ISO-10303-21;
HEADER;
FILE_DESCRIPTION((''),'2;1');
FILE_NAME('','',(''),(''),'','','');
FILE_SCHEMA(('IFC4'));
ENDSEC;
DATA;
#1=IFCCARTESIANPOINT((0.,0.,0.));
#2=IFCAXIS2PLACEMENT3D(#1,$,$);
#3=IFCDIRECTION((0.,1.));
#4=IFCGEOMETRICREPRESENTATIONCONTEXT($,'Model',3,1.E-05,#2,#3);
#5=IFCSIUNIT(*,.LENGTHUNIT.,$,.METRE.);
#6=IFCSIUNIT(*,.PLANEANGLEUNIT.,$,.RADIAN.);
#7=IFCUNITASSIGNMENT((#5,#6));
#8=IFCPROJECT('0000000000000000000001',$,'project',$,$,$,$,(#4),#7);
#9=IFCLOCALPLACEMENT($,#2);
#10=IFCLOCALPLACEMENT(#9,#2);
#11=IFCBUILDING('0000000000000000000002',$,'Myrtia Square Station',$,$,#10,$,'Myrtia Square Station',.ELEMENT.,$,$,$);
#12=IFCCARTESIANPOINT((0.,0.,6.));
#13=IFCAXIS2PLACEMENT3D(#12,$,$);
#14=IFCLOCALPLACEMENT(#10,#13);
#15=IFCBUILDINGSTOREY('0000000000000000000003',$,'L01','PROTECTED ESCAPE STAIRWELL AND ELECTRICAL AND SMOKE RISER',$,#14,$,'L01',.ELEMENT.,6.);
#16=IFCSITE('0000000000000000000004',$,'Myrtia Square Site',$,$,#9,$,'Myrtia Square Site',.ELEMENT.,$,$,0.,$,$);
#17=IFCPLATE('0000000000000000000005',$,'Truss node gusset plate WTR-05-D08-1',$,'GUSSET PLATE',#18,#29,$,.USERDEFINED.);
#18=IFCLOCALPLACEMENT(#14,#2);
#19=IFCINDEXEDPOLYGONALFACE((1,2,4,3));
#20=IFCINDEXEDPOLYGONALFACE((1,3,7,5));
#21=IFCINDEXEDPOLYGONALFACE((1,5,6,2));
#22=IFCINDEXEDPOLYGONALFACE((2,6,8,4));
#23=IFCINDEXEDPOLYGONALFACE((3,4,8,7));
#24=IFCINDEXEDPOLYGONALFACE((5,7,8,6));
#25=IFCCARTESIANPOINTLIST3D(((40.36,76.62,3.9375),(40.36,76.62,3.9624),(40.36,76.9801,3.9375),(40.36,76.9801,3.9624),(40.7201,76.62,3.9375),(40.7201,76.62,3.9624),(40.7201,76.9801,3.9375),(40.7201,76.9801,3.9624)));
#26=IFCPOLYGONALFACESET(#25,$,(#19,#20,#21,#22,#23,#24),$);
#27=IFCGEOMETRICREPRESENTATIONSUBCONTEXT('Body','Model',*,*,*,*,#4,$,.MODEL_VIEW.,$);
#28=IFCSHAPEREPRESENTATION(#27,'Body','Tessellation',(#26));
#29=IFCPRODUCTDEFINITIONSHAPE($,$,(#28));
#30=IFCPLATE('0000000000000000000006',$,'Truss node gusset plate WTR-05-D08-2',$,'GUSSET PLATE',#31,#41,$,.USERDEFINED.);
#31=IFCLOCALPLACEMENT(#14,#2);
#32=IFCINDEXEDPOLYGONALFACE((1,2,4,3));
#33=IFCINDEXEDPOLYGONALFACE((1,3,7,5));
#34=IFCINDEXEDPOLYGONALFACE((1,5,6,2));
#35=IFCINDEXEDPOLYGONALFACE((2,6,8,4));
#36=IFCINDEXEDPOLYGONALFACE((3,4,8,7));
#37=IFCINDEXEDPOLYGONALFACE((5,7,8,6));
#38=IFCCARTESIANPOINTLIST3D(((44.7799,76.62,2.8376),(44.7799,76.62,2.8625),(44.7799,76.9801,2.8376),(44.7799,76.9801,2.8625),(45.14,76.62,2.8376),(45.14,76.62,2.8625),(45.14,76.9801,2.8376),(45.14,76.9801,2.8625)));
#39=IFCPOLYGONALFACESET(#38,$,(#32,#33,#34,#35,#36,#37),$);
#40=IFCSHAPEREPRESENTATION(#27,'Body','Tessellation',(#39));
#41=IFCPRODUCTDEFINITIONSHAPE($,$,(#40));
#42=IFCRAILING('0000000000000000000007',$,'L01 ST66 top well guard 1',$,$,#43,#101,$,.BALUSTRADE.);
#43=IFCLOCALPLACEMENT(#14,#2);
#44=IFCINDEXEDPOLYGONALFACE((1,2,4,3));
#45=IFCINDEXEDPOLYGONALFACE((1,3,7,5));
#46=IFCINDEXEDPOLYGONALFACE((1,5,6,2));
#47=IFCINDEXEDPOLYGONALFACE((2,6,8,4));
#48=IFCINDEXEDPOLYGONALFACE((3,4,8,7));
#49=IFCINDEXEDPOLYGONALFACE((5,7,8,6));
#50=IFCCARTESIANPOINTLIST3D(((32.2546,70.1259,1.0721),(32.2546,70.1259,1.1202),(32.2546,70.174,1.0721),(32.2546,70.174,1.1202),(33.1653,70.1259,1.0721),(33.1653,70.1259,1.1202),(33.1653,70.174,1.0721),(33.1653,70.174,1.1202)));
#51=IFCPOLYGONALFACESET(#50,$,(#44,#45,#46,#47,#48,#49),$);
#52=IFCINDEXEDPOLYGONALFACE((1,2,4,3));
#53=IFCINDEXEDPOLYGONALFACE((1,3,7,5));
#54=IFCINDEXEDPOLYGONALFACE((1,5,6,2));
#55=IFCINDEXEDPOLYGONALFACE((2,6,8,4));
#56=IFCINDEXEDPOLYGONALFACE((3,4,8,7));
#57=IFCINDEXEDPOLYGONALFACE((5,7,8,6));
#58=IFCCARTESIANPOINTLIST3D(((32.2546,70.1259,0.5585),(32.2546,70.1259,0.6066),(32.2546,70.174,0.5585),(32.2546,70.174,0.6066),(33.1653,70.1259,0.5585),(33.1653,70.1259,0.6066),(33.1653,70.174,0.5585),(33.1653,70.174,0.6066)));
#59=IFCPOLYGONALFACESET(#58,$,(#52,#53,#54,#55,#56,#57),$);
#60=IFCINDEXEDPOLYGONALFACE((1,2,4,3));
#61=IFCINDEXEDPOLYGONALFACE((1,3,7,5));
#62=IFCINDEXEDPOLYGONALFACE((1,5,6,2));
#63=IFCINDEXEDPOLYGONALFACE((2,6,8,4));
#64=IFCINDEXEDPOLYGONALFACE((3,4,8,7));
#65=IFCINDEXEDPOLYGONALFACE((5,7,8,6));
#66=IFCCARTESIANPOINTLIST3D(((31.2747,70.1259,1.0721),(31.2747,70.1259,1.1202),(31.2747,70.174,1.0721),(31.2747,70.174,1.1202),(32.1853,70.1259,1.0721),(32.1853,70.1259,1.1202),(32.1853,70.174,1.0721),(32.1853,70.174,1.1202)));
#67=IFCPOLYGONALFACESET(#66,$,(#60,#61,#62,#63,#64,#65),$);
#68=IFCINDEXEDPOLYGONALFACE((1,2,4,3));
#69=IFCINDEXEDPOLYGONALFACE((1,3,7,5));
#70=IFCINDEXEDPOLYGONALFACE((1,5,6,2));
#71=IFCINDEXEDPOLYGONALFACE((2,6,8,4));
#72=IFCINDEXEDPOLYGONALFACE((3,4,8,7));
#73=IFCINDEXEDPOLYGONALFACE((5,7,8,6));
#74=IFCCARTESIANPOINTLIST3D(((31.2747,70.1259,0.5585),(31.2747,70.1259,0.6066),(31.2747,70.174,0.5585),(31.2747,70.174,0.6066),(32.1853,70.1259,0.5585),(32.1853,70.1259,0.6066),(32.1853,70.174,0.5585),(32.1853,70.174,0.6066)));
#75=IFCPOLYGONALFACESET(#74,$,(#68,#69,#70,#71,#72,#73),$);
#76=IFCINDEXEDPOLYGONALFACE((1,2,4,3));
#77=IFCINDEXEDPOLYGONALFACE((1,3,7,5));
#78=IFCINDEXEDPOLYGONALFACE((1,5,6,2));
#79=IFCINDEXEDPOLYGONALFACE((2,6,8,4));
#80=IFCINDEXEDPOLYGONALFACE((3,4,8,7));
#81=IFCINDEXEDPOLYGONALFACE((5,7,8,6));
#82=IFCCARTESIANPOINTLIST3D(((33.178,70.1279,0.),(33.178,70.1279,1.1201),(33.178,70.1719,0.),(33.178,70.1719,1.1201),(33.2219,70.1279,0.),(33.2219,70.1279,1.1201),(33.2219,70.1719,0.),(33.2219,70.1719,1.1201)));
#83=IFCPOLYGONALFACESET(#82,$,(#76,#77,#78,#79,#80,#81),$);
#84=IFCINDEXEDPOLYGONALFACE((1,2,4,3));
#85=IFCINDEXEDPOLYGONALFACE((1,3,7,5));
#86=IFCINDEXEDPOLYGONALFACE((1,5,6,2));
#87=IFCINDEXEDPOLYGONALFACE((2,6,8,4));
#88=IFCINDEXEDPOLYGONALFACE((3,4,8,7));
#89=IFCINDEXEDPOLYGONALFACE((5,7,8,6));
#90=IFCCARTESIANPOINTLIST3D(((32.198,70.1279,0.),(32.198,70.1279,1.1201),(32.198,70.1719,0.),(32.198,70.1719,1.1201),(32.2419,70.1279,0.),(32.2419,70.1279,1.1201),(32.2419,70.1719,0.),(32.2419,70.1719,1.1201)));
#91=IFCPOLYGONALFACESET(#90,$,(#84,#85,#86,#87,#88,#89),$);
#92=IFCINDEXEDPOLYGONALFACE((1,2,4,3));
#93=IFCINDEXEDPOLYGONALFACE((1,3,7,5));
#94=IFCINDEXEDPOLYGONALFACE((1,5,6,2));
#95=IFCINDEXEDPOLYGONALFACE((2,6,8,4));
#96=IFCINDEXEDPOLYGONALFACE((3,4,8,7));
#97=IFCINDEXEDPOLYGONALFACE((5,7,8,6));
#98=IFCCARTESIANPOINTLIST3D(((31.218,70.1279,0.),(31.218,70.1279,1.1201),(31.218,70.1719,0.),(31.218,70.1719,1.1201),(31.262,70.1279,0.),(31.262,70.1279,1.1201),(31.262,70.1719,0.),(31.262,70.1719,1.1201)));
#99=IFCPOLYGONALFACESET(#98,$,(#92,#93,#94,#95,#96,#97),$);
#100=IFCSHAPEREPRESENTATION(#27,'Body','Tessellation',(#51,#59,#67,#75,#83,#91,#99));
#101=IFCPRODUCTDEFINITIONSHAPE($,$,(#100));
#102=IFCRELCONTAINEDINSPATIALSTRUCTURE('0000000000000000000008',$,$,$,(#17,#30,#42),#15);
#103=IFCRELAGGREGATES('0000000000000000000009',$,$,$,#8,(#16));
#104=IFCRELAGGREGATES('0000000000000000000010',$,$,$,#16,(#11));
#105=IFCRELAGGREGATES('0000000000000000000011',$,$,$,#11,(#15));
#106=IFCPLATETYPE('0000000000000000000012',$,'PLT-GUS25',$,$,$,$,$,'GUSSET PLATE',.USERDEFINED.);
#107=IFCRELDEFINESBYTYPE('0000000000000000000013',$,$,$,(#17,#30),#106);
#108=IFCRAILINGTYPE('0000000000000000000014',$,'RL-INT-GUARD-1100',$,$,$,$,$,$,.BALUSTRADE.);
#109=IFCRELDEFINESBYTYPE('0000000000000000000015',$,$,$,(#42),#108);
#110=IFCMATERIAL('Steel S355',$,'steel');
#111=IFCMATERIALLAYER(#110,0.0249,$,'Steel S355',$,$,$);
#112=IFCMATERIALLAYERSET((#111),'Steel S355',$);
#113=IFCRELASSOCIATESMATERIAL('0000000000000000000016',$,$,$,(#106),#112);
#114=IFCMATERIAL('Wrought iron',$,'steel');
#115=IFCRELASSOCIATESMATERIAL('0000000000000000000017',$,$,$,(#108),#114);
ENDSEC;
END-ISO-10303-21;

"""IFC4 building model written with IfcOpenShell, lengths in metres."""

from ifc_helpers import new_model, si_unit, direction, frame, origin, origin_2d, place, context, subcontext, project, spatial, rectangle, extrude, material, layer, layer_set, type_object, element, save


model = new_model("IFC4")

# Units and contexts
model_context = context("Model", 3, precision=1e-05, world=origin(), true_north=direction((0.0, 1.0)))
body_context = subcontext(model_context, "Body", "Model", "MODEL_VIEW")
ifc_project = project(units=[si_unit("LENGTHUNIT", "METRE"), si_unit("PLANEANGLEUNIT", "RADIAN")], contexts=[model_context])

# Site, building, storey
site_placement = place(None, origin())
site = spatial("IfcSite", under=ifc_project, at=site_placement, Name="Myrtia Square Site", LongName="Myrtia Square Site", CompositionType="ELEMENT", RefElevation=0.0)
building_placement = place(site_placement, origin())
building = spatial("IfcBuilding", under=site, at=building_placement, Name="Myrtia Square Station", LongName="Myrtia Square Station", CompositionType="ELEMENT")
storey_placement = place(building_placement, frame((0.0, 0.0, 6.0)))
storey = spatial("IfcBuildingStorey", under=building, at=storey_placement, Name="L01", Description="PROTECTED ESCAPE STAIRWELL AND ELECTRICAL AND SMOKE RISER", LongName="L01", CompositionType="ELEMENT", Elevation=6.0)

# Shared definitions
ifc_material_1 = material(Name="Steel S355", Category="steel")

# Plates
ifc_layer = layer(ifc_material_1, 0.0249, Name="Steel S355")
ifc_layer_set = layer_set([ifc_layer], Name="Steel S355")
plate_type = type_object("IfcPlateType", Name="PLT-GUS25", ElementType="GUSSET PLATE", PredefinedType="USERDEFINED", material=ifc_layer_set)
for number, where, z_axis, x_axis, name in (
    (1, (40.54, 76.8, 3.9375), (0.0, 0.0, 1.0), (1.0, 0.0, 0.0), "Truss node gusset plate WTR-05-D08-1"),
    (2, (44.96, 76.8, 2.8376), (0.0, 0.0, 1.0), (1.0, 0.0, 0.0), "Truss node gusset plate WTR-05-D08-2"),
):
    element("IfcPlate", number, at=place(storey_placement, frame(where, z_axis=z_axis, x_axis=x_axis)), inside=storey, type_object=plate_type, Name=name, ObjectType="GUSSET PLATE", PredefinedType="USERDEFINED", context=body_context, shape_type="SweptSolid", body=[
        extrude(rectangle(XDim=0.3601, YDim=0.3601, at=origin_2d()), origin(), (0.0, 0.0, 1.0), 0.0249),
    ])

# Railing
ifc_material_2 = material(Name="Wrought iron", Category="steel")
railing_type = type_object("IfcRailingType", Name="RL-INT-GUARD-1100", PredefinedType="BALUSTRADE", material=ifc_material_2)
railing_1_placement = place(storey_placement, frame((33.2, 70.1499, 0.0)))
element("IfcRailing", 3, at=railing_1_placement, inside=storey, type_object=railing_type, Name="L01 ST66 top well guard 1", PredefinedType="BALUSTRADE", context=body_context, shape_type="SweptSolid", body=[
    extrude(rectangle(XDim=0.0481, YDim=0.0481, at=origin_2d()), frame((-0.0347, 0.0, 1.0962), z_axis=(-1.0, 0.0, 0.0), x_axis=(0.0, -1.0, 0.0)), (0.0, 0.0, 1.0), 0.9106),
    extrude(rectangle(XDim=0.0481, YDim=0.0481, at=origin_2d()), frame((-0.0347, 0.0, 0.5825), z_axis=(-1.0, 0.0, 0.0), x_axis=(0.0, -1.0, 0.0)), (0.0, 0.0, 1.0), 0.9106),
    extrude(rectangle(XDim=0.0481, YDim=0.0481, at=origin_2d()), frame((-1.0146, 0.0, 1.0962), z_axis=(-1.0, 0.0, 0.0), x_axis=(0.0, -1.0, 0.0)), (0.0, 0.0, 1.0), 0.9106),
    extrude(rectangle(XDim=0.0481, YDim=0.0481, at=origin_2d()), frame((-1.0146, 0.0, 0.5825), z_axis=(-1.0, 0.0, 0.0), x_axis=(0.0, -1.0, 0.0)), (0.0, 0.0, 1.0), 0.9106),
    extrude(rectangle(XDim=0.0439, YDim=0.0439, at=origin_2d()), origin(), (0.0, 0.0, 1.0), 1.1201),
    extrude(rectangle(XDim=0.0439, YDim=0.0439, at=origin_2d()), frame((-0.98, 0.0, 0.0)), (0.0, 0.0, 1.0), 1.1201),
    extrude(rectangle(XDim=0.0439, YDim=0.0439, at=origin_2d()), frame((-1.96, 0.0, 0.0)), (0.0, 0.0, 1.0), 1.1201),
])

save(model, "model.ifc")
